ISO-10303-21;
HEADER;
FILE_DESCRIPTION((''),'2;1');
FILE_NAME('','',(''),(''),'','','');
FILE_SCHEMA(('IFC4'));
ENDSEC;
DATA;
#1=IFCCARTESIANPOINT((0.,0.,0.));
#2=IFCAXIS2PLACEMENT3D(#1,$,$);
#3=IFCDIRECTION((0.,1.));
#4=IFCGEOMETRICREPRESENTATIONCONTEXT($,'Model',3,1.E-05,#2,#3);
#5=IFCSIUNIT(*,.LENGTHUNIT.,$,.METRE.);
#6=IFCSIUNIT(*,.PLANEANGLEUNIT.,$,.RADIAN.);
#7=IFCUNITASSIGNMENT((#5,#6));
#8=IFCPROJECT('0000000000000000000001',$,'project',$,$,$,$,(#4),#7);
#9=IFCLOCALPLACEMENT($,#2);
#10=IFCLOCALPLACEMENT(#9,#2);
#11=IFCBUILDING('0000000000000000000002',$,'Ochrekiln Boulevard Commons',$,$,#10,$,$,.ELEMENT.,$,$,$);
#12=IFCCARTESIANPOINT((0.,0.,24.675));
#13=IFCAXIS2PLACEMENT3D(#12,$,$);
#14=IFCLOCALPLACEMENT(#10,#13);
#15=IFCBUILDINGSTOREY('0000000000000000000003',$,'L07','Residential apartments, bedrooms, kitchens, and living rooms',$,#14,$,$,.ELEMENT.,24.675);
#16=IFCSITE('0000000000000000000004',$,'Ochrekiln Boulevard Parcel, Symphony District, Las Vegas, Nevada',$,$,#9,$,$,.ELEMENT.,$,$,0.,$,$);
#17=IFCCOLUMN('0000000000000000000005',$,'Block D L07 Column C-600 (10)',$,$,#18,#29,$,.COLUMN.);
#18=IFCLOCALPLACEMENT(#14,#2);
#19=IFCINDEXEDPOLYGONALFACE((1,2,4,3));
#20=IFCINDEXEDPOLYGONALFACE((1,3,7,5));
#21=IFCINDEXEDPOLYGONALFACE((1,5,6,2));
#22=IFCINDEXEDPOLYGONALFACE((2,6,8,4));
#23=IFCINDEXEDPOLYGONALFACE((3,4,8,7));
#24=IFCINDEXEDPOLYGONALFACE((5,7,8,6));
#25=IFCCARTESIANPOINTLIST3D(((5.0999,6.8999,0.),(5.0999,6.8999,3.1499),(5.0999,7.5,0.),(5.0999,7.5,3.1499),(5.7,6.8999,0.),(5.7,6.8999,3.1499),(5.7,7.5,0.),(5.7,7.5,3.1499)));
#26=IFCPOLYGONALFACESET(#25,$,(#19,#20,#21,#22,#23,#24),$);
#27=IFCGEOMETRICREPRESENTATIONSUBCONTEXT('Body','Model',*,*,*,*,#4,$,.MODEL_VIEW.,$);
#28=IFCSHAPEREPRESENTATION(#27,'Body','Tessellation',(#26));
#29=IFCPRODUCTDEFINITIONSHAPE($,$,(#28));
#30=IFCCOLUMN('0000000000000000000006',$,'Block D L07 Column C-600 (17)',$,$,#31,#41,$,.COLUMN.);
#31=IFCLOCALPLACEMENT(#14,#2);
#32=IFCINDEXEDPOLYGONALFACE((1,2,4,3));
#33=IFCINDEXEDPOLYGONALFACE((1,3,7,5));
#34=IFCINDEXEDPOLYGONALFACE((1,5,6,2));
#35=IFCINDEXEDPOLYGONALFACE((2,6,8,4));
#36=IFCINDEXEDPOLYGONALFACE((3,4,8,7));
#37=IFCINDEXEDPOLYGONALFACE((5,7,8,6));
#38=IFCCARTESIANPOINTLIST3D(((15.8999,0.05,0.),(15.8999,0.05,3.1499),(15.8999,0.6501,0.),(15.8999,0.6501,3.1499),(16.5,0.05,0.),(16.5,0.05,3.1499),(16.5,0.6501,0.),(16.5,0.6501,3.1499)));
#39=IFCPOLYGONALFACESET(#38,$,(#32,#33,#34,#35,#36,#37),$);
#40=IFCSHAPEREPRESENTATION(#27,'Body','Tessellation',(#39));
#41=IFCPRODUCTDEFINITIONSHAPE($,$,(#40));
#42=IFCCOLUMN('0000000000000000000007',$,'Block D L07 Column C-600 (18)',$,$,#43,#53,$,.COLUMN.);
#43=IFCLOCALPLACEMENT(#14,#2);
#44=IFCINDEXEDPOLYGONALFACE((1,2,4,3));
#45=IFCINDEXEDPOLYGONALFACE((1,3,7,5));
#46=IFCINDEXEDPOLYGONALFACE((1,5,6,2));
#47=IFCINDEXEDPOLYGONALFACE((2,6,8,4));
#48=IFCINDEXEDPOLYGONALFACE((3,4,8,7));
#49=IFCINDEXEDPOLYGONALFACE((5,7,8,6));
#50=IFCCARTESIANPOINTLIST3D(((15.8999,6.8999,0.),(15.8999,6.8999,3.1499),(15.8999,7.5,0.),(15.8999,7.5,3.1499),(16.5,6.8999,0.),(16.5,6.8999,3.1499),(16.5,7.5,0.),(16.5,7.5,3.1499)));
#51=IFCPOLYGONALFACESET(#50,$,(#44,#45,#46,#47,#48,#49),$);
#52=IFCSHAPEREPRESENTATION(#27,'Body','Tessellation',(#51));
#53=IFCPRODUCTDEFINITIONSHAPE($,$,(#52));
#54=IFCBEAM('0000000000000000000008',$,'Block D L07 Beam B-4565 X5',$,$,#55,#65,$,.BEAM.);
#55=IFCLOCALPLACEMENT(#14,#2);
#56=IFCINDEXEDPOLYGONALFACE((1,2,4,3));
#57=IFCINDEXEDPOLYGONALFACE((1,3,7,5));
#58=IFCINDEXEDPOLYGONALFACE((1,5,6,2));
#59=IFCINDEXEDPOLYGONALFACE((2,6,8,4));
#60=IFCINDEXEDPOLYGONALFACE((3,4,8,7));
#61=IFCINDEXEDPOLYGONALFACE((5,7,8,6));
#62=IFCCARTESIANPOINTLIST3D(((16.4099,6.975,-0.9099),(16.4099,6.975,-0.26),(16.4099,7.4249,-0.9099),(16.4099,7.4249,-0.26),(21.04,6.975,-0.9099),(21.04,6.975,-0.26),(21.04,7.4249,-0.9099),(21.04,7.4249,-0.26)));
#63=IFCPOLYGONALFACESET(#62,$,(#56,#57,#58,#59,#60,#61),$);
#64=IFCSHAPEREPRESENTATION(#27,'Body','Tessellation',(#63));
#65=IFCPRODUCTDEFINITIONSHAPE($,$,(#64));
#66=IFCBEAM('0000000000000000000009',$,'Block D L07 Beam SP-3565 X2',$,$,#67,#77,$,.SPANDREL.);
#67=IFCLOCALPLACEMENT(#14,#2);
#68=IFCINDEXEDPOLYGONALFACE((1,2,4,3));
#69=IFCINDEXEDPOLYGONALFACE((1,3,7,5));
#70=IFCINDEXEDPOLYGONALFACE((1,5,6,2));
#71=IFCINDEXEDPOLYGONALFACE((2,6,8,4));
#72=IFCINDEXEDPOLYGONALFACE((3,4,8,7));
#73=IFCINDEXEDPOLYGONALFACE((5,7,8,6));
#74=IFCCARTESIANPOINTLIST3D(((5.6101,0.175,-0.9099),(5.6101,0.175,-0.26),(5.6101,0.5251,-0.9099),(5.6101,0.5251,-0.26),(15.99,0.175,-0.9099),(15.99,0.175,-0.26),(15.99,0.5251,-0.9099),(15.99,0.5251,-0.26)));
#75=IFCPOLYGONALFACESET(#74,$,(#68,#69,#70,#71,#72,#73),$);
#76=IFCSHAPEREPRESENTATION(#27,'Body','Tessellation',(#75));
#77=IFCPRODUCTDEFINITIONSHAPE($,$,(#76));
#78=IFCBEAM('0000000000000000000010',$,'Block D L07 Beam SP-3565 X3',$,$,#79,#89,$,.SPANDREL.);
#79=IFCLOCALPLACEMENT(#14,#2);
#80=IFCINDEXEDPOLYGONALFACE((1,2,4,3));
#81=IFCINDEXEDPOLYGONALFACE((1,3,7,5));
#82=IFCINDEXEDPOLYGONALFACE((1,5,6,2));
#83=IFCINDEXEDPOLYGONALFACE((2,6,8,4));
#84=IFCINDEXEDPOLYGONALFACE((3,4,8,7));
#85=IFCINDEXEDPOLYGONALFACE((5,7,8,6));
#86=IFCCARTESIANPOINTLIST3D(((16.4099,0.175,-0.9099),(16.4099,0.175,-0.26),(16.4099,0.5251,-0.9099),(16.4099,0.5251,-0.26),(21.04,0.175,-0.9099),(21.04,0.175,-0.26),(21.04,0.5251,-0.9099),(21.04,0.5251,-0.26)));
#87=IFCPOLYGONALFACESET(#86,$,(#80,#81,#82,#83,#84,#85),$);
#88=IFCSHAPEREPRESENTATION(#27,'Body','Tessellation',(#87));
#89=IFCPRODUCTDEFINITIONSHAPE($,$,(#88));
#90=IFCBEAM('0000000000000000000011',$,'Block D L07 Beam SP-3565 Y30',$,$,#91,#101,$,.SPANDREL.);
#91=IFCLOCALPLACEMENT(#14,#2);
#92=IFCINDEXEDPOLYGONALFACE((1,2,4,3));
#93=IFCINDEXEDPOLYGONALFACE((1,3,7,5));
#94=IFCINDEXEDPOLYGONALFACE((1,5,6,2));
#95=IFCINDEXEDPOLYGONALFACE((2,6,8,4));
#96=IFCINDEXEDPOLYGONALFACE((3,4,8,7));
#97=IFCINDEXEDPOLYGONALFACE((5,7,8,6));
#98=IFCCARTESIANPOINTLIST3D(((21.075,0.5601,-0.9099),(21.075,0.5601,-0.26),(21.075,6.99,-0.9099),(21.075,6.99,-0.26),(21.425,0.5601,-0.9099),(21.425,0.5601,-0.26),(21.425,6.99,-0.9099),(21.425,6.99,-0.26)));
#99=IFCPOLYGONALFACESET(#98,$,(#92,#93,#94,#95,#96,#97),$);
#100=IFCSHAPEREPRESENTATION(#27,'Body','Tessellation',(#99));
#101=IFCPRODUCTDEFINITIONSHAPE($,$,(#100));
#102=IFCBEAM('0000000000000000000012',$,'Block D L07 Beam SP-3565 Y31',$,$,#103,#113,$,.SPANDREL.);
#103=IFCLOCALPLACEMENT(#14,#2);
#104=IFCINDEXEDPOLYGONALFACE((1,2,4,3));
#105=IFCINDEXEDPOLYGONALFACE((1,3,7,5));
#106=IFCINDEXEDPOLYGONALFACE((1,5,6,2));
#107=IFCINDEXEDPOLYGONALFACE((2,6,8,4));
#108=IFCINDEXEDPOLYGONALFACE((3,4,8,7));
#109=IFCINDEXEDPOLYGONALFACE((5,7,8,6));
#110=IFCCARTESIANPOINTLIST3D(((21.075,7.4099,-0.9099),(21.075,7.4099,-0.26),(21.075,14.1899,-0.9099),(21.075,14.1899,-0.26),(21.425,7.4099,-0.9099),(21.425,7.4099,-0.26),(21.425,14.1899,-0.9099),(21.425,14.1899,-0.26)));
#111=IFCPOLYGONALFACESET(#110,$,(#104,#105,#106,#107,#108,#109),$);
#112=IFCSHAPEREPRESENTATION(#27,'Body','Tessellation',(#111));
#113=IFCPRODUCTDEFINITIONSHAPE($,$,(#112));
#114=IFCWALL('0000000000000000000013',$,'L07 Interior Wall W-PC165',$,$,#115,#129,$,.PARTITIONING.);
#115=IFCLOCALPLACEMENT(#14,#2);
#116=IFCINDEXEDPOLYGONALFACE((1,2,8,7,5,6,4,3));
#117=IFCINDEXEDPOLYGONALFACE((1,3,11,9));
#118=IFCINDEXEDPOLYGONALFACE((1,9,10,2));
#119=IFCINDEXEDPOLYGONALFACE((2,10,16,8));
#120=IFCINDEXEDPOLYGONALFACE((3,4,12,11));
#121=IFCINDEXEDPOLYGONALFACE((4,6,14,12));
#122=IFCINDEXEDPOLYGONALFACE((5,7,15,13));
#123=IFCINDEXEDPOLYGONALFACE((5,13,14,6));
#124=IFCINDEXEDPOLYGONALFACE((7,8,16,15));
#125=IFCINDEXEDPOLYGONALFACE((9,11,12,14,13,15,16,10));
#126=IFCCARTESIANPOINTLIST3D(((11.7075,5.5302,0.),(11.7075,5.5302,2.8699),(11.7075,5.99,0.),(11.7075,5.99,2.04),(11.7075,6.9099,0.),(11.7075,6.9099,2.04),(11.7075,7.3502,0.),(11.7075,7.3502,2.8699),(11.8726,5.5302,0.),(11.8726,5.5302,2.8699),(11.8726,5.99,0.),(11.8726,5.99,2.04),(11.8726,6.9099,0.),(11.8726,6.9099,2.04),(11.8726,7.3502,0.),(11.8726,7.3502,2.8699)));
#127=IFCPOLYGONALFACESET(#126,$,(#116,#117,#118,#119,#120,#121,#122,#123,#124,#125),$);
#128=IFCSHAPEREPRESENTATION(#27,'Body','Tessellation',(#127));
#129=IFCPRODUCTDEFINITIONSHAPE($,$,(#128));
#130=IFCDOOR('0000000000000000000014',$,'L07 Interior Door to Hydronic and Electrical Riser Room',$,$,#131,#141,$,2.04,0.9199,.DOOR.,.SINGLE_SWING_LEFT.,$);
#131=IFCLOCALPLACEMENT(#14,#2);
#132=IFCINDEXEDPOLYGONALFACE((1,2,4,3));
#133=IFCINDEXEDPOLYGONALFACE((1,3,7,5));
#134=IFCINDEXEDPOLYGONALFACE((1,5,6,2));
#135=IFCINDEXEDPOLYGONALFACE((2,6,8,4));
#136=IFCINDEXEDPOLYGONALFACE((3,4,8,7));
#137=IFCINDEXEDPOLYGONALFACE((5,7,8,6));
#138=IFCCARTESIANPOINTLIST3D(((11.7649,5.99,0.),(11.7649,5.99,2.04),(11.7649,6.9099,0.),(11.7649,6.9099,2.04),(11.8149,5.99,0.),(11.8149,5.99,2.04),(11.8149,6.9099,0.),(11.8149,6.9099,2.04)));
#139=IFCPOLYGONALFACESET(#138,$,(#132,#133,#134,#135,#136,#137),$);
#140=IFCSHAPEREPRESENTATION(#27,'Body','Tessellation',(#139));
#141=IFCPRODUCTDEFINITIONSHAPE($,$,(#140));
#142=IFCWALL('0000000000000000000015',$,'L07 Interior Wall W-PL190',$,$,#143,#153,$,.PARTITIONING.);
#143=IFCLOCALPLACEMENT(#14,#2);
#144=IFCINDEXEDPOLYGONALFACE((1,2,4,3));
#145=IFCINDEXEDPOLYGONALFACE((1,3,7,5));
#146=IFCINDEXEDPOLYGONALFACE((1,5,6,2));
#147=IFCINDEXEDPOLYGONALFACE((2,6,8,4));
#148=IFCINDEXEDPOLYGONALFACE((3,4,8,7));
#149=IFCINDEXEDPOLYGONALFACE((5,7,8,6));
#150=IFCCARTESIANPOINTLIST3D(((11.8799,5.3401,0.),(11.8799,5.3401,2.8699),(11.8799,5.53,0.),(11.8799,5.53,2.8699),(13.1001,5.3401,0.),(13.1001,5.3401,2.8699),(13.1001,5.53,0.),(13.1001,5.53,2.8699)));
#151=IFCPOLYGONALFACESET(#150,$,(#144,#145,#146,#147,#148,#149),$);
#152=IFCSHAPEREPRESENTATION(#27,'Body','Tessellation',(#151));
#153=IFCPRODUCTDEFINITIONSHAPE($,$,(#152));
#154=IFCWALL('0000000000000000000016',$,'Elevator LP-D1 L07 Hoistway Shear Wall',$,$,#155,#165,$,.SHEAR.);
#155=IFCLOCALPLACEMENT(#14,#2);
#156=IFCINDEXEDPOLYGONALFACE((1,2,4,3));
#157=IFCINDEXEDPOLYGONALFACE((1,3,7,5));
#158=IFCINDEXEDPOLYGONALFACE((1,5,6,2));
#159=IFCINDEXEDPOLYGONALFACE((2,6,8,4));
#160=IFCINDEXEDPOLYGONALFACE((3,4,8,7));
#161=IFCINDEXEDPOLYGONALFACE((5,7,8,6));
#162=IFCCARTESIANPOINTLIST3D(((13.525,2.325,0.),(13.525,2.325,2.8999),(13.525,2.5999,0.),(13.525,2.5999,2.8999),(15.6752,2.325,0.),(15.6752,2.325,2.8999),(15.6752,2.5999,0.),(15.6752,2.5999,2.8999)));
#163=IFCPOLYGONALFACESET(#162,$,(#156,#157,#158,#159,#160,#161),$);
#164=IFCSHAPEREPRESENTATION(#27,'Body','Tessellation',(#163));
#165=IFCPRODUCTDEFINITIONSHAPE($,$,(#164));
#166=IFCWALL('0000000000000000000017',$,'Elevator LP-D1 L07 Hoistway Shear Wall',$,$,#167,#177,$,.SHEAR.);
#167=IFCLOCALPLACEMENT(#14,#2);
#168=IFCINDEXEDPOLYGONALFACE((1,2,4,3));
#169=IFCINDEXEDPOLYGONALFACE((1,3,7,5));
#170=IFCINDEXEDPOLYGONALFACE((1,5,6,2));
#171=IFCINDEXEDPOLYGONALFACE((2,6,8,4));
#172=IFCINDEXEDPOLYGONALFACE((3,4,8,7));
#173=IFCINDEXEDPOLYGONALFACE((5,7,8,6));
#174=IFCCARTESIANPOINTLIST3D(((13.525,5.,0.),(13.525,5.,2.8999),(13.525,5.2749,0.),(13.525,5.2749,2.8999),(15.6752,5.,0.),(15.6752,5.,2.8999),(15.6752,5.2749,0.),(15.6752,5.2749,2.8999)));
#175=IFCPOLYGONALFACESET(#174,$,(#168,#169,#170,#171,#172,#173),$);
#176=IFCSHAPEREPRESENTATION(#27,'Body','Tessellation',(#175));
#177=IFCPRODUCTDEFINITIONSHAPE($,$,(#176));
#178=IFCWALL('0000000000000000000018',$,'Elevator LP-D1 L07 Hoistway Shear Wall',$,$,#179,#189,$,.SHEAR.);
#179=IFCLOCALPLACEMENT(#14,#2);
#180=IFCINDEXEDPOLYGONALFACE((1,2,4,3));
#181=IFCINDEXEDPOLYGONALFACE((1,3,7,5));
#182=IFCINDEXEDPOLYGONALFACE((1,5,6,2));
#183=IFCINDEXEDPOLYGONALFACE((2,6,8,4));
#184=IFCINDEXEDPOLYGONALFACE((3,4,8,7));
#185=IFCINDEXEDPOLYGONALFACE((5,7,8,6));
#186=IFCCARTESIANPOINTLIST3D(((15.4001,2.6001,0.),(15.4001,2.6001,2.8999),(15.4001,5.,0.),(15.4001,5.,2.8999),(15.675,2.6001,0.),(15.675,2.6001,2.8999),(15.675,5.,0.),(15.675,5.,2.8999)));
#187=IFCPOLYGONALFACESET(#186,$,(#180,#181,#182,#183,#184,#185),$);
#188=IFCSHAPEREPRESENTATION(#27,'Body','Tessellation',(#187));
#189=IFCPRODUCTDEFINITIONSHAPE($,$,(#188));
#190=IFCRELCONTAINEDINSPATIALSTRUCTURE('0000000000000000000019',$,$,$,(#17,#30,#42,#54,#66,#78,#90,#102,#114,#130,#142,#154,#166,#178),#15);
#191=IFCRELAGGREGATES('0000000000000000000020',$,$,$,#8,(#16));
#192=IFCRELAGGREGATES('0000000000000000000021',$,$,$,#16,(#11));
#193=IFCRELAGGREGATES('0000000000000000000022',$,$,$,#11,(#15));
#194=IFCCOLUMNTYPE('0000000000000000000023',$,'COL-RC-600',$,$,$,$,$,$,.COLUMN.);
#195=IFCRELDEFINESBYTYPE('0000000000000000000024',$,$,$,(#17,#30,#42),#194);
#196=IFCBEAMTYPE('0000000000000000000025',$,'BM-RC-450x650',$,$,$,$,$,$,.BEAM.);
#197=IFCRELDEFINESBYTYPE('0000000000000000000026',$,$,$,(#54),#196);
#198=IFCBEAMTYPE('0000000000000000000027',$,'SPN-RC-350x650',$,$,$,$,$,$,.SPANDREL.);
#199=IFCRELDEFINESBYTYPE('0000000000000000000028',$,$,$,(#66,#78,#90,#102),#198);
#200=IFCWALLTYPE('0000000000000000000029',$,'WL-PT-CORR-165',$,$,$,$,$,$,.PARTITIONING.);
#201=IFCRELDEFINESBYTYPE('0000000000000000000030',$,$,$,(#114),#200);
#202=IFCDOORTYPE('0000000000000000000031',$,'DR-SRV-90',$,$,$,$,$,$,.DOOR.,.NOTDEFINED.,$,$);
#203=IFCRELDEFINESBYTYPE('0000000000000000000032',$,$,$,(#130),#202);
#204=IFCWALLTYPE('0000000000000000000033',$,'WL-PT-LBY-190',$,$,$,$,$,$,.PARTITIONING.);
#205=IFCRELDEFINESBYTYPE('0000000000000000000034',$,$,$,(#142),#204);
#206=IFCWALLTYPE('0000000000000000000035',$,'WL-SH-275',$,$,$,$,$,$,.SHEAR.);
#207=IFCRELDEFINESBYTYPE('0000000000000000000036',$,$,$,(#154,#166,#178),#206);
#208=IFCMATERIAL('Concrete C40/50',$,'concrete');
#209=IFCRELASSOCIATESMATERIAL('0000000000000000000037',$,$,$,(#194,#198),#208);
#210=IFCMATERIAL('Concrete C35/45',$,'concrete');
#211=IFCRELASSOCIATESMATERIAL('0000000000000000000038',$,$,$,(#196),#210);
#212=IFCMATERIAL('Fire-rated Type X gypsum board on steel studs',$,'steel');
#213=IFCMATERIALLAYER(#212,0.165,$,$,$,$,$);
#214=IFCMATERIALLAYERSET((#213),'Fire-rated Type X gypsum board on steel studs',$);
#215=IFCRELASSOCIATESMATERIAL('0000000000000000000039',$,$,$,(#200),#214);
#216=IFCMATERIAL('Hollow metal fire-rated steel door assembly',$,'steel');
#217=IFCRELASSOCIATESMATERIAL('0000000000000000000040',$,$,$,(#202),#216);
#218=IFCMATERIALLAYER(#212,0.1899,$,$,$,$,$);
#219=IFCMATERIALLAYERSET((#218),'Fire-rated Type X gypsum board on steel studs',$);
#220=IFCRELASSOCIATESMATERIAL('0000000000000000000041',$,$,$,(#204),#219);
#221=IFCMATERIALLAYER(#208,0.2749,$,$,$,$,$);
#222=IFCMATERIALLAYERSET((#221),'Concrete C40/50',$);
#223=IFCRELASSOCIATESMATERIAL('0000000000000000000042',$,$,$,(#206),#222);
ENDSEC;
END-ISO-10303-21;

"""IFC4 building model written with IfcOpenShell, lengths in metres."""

from ifc_helpers import new_model, si_unit, direction, frame, frame_2d, origin, origin_2d, place, context, subcontext, project, spatial, rectangle, extrude, material, layer, layer_set, material_profile, profile_set, type_object, element, fill, save


model = new_model("IFC4")

# Units and contexts
model_context = context("Model", 3, precision=1e-05, world=origin(), true_north=direction((0.0, 1.0)))
body_context = subcontext(model_context, "Body", "Model", "MODEL_VIEW")
ifc_project = project(units=[si_unit("LENGTHUNIT", "METRE"), si_unit("PLANEANGLEUNIT", "RADIAN")], contexts=[model_context])

# Site, building, storey
site_placement = place(None, origin())
site = spatial("IfcSite", under=ifc_project, at=site_placement, Name="Ochrekiln Boulevard Parcel, Symphony District, Las Vegas, Nevada", CompositionType="ELEMENT", RefElevation=0.0)
building_placement = place(site_placement, origin())
building = spatial("IfcBuilding", under=site, at=building_placement, Name="Ochrekiln Boulevard Commons", CompositionType="ELEMENT")
storey_placement = place(building_placement, frame((0.0, 0.0, 24.675)))
storey = spatial("IfcBuildingStorey", under=building, at=storey_placement, Name="L07", Description="Residential apartments, bedrooms, kitchens, and living rooms", CompositionType="ELEMENT", Elevation=24.675)

# Columns
ifc_material_1 = material(Name="Concrete C40/50", Category="concrete")
ifc_material_profile_1 = material_profile(ifc_material_1, rectangle(XDim=0.6001, YDim=0.6001, at=origin_2d()), Name="RC-COL-600x600")
ifc_profile_set_1 = profile_set([ifc_material_profile_1], Name="Concrete C40/50")
column_type = type_object("IfcColumnType", Name="COL-RC-600", PredefinedType="COLUMN", material=ifc_profile_set_1)
for number, where, z_axis, x_axis, name in (
    (1, (5.3999, 7.2, 0.0), (0.0, 0.0, 1.0), (1.0, 0.0, 0.0), "Block D L07 Column C-600 (10)"),
    (2, (16.2, 0.3501, 0.0), (0.0, 0.0, 1.0), (1.0, 0.0, 0.0), "Block D L07 Column C-600 (17)"),
    (3, (16.2, 7.2, 0.0), (0.0, 0.0, 1.0), (1.0, 0.0, 0.0), "Block D L07 Column C-600 (18)"),
):
    element("IfcColumn", number, at=place(storey_placement, frame(where, z_axis=z_axis, x_axis=x_axis)), inside=storey, type_object=column_type, Name=name, PredefinedType="COLUMN", context=body_context, shape_type="SweptSolid", body=[
        extrude(rectangle(XDim=0.6001, YDim=0.6001, at=origin_2d()), origin(), (0.0, 0.0, 1.0), 3.1499),
    ])

# Beams
ifc_material_2 = material(Name="Concrete C35/45", Category="concrete")
ifc_material_profile_2 = material_profile(ifc_material_2, rectangle(XDim=0.45, YDim=0.6499, at=origin_2d()), Name="RC-BM-450x650")
ifc_profile_set_2 = profile_set([ifc_material_profile_2], Name="Concrete C35/45")
beam_type_1 = type_object("IfcBeamType", Name="BM-RC-450x650", PredefinedType="BEAM", material=ifc_profile_set_2)
beam_1_placement = place(storey_placement, frame((16.4099, 7.2, -0.585), z_axis=(1.0, 0.0, 0.0), x_axis=(0.0, 1.0, 0.0)))
element("IfcBeam", 4, at=beam_1_placement, inside=storey, type_object=beam_type_1, Name="Block D L07 Beam B-4565 X5", PredefinedType="BEAM", context=body_context, shape_type="SweptSolid", body=[
    extrude(rectangle(XDim=0.45, YDim=0.6499, at=origin_2d()), origin(), (0.0, 0.0, 1.0), 4.6301),
])
ifc_material_profile_3 = material_profile(ifc_material_1, rectangle(XDim=0.3501, YDim=0.6499, at=origin_2d()), Name="RC-SPN-350x650")
ifc_profile_set_3 = profile_set([ifc_material_profile_3], Name="Concrete C40/50")
beam_type_2 = type_object("IfcBeamType", Name="SPN-RC-350x650", PredefinedType="SPANDREL", material=ifc_profile_set_3)
beam_2_placement = place(storey_placement, frame((5.6101, 0.3501, -0.585), z_axis=(1.0, 0.0, 0.0), x_axis=(0.0, 1.0, 0.0)))
element("IfcBeam", 5, at=beam_2_placement, inside=storey, type_object=beam_type_2, Name="Block D L07 Beam SP-3565 X2", PredefinedType="SPANDREL", context=body_context, shape_type="SweptSolid", body=[
    extrude(rectangle(XDim=0.3501, YDim=0.6499, at=origin_2d()), origin(), (0.0, 0.0, 1.0), 10.3799),
])
beam_3_placement = place(storey_placement, frame((16.4099, 0.3501, -0.585), z_axis=(1.0, 0.0, 0.0), x_axis=(0.0, 1.0, 0.0)))
element("IfcBeam", 6, at=beam_3_placement, inside=storey, type_object=beam_type_2, Name="Block D L07 Beam SP-3565 X3", PredefinedType="SPANDREL", context=body_context, shape_type="SweptSolid", body=[
    extrude(rectangle(XDim=0.3501, YDim=0.6499, at=origin_2d()), origin(), (0.0, 0.0, 1.0), 4.6301),
])
beam_4_placement = place(storey_placement, frame((21.25, 0.5601, -0.585), z_axis=(0.0, 1.0, 0.0), x_axis=(-1.0, 0.0, 0.0)))
element("IfcBeam", 7, at=beam_4_placement, inside=storey, type_object=beam_type_2, Name="Block D L07 Beam SP-3565 Y30", PredefinedType="SPANDREL", context=body_context, shape_type="SweptSolid", body=[
    extrude(rectangle(XDim=0.3501, YDim=0.6499, at=origin_2d()), origin(), (0.0, 0.0, 1.0), 6.4299),
])
beam_5_placement = place(storey_placement, frame((21.25, 7.4099, -0.585), z_axis=(0.0, 1.0, 0.0), x_axis=(-1.0, 0.0, 0.0)))
element("IfcBeam", 8, at=beam_5_placement, inside=storey, type_object=beam_type_2, Name="Block D L07 Beam SP-3565 Y31", PredefinedType="SPANDREL", context=body_context, shape_type="SweptSolid", body=[
    extrude(rectangle(XDim=0.3501, YDim=0.6499, at=origin_2d()), origin(), (0.0, 0.0, 1.0), 6.78),
])

# Wall, opening, door
ifc_material_3 = material(Name="Fire-rated Type X gypsum board on steel studs", Category="steel")
ifc_layer_1 = layer(ifc_material_3, 0.165)
ifc_layer_set_1 = layer_set([ifc_layer_1], Name="Fire-rated Type X gypsum board on steel studs")
wall_type_1 = type_object("IfcWallType", Name="WL-PT-CORR-165", PredefinedType="PARTITIONING", material=ifc_layer_set_1)
wall_1_placement = place(storey_placement, frame((11.79, 5.53, 0.0), z_axis=(0.0, 0.0, 1.0), x_axis=(0.0, 1.0, 0.0)))
wall_1 = element("IfcWall", 9, at=wall_1_placement, inside=storey, type_object=wall_type_1, Name="L07 Interior Wall W-PC165", PredefinedType="PARTITIONING", context=body_context, shape_type="SweptSolid", body=[
    extrude(rectangle(XDim=1.8201, YDim=0.165, at=frame_2d((0.9102, 0.0))), origin(), (0.0, 0.0, 1.0), 2.8699),
])
opening_1_placement = place(wall_1_placement, frame((0.46, 0.0, 0.0)))
opening_1 = element("IfcOpeningElement", 10, at=opening_1_placement, cuts=wall_1, PredefinedType="OPENING", context=body_context, shape_type="SweptSolid", body=[
    extrude(rectangle(XDim=0.9199, YDim=2.04, at=frame_2d((0.46, 1.02))), frame((0.0, 0.0925, 0.0), z_axis=(0.0, -1.0, 0.0), x_axis=(1.0, 0.0, 0.0)), (0.0, 0.0, 1.0), 0.1851),
])
ifc_material_4 = material(Name="Hollow metal fire-rated steel door assembly", Category="steel")
door_type_1 = type_object("IfcDoorType", Name="DR-SRV-90", OperationType="NOTDEFINED", PredefinedType="DOOR", material=ifc_material_4)
door_1_placement = place(opening_1_placement, frame((0.9199, 0.0, 0.0), z_axis=(0.0, 0.0, 1.0), x_axis=(-1.0, 0.0, 0.0)))
door_1 = element("IfcDoor", 11, at=door_1_placement, inside=storey, type_object=door_type_1, Name="L07 Interior Door to Hydronic and Electrical Riser Room", OperationType="SINGLE_SWING_LEFT", OverallHeight=2.04, OverallWidth=0.9199, PredefinedType="DOOR", context=body_context, shape_type="SweptSolid", body=[
    extrude(rectangle(XDim=0.9199, YDim=2.04, at=frame_2d((0.46, 1.02))), frame((0.0, 0.0249, 0.0), z_axis=(0.0, -1.0, 0.0), x_axis=(1.0, 0.0, 0.0)), (0.0, 0.0, 1.0), 0.05),
])
fill(opening_1, door_1)

# Wall
ifc_layer_2 = layer(ifc_material_3, 0.1899)
ifc_layer_set_2 = layer_set([ifc_layer_2], Name="Fire-rated Type X gypsum board on steel studs")
wall_type_2 = type_object("IfcWallType", Name="WL-PT-LBY-190", PredefinedType="PARTITIONING", material=ifc_layer_set_2)
wall_2_placement = place(storey_placement, frame((11.8799, 5.4351, 0.0), z_axis=(0.0, 0.0, 1.0), x_axis=(1.0, 0.0, 0.0)))
element("IfcWall", 12, at=wall_2_placement, inside=storey, type_object=wall_type_2, Name="L07 Interior Wall W-PL190", PredefinedType="PARTITIONING", context=body_context, shape_type="SweptSolid", body=[
    extrude(rectangle(XDim=1.2202, YDim=0.1899, at=frame_2d((0.6101, 0.0))), origin(), (0.0, 0.0, 1.0), 2.8699),
])

# Walls
ifc_layer_3 = layer(ifc_material_1, 0.2749)
ifc_layer_set_3 = layer_set([ifc_layer_3], Name="Concrete C40/50")
wall_type_3 = type_object("IfcWallType", Name="WL-SH-275", PredefinedType="SHEAR", material=ifc_layer_set_3)
for number, where, z_axis, x_axis, name in (
    (13, (13.5249, 2.4624, 0.0), (0.0, 0.0, 1.0), (1.0, 0.0, 0.0), "Elevator LP-D1 L07 Hoistway Shear Wall"),
    (14, (13.5249, 5.1375, 0.0), (0.0, 0.0, 1.0), (1.0, 0.0, 0.0), "Elevator LP-D1 L07 Hoistway Shear Wall"),
):
    element("IfcWall", number, at=place(storey_placement, frame(where, z_axis=z_axis, x_axis=x_axis)), inside=storey, type_object=wall_type_3, Name=name, PredefinedType="SHEAR", context=body_context, shape_type="SweptSolid", body=[
        extrude(rectangle(XDim=2.1501, YDim=0.2749, at=frame_2d((1.0752, 0.0))), origin(), (0.0, 0.0, 1.0), 2.8999),
    ])

# Wall
wall_3_placement = place(storey_placement, frame((15.5376, 2.6001, 0.0), z_axis=(0.0, 0.0, 1.0), x_axis=(0.0, 1.0, 0.0)))
element("IfcWall", 15, at=wall_3_placement, inside=storey, type_object=wall_type_3, Name="Elevator LP-D1 L07 Hoistway Shear Wall", PredefinedType="SHEAR", context=body_context, shape_type="SweptSolid", body=[
    extrude(rectangle(XDim=2.3999, YDim=0.2749, at=frame_2d((1.2, 0.0))), origin(), (0.0, 0.0, 1.0), 2.8999),
])

save(model, "model.ifc")
